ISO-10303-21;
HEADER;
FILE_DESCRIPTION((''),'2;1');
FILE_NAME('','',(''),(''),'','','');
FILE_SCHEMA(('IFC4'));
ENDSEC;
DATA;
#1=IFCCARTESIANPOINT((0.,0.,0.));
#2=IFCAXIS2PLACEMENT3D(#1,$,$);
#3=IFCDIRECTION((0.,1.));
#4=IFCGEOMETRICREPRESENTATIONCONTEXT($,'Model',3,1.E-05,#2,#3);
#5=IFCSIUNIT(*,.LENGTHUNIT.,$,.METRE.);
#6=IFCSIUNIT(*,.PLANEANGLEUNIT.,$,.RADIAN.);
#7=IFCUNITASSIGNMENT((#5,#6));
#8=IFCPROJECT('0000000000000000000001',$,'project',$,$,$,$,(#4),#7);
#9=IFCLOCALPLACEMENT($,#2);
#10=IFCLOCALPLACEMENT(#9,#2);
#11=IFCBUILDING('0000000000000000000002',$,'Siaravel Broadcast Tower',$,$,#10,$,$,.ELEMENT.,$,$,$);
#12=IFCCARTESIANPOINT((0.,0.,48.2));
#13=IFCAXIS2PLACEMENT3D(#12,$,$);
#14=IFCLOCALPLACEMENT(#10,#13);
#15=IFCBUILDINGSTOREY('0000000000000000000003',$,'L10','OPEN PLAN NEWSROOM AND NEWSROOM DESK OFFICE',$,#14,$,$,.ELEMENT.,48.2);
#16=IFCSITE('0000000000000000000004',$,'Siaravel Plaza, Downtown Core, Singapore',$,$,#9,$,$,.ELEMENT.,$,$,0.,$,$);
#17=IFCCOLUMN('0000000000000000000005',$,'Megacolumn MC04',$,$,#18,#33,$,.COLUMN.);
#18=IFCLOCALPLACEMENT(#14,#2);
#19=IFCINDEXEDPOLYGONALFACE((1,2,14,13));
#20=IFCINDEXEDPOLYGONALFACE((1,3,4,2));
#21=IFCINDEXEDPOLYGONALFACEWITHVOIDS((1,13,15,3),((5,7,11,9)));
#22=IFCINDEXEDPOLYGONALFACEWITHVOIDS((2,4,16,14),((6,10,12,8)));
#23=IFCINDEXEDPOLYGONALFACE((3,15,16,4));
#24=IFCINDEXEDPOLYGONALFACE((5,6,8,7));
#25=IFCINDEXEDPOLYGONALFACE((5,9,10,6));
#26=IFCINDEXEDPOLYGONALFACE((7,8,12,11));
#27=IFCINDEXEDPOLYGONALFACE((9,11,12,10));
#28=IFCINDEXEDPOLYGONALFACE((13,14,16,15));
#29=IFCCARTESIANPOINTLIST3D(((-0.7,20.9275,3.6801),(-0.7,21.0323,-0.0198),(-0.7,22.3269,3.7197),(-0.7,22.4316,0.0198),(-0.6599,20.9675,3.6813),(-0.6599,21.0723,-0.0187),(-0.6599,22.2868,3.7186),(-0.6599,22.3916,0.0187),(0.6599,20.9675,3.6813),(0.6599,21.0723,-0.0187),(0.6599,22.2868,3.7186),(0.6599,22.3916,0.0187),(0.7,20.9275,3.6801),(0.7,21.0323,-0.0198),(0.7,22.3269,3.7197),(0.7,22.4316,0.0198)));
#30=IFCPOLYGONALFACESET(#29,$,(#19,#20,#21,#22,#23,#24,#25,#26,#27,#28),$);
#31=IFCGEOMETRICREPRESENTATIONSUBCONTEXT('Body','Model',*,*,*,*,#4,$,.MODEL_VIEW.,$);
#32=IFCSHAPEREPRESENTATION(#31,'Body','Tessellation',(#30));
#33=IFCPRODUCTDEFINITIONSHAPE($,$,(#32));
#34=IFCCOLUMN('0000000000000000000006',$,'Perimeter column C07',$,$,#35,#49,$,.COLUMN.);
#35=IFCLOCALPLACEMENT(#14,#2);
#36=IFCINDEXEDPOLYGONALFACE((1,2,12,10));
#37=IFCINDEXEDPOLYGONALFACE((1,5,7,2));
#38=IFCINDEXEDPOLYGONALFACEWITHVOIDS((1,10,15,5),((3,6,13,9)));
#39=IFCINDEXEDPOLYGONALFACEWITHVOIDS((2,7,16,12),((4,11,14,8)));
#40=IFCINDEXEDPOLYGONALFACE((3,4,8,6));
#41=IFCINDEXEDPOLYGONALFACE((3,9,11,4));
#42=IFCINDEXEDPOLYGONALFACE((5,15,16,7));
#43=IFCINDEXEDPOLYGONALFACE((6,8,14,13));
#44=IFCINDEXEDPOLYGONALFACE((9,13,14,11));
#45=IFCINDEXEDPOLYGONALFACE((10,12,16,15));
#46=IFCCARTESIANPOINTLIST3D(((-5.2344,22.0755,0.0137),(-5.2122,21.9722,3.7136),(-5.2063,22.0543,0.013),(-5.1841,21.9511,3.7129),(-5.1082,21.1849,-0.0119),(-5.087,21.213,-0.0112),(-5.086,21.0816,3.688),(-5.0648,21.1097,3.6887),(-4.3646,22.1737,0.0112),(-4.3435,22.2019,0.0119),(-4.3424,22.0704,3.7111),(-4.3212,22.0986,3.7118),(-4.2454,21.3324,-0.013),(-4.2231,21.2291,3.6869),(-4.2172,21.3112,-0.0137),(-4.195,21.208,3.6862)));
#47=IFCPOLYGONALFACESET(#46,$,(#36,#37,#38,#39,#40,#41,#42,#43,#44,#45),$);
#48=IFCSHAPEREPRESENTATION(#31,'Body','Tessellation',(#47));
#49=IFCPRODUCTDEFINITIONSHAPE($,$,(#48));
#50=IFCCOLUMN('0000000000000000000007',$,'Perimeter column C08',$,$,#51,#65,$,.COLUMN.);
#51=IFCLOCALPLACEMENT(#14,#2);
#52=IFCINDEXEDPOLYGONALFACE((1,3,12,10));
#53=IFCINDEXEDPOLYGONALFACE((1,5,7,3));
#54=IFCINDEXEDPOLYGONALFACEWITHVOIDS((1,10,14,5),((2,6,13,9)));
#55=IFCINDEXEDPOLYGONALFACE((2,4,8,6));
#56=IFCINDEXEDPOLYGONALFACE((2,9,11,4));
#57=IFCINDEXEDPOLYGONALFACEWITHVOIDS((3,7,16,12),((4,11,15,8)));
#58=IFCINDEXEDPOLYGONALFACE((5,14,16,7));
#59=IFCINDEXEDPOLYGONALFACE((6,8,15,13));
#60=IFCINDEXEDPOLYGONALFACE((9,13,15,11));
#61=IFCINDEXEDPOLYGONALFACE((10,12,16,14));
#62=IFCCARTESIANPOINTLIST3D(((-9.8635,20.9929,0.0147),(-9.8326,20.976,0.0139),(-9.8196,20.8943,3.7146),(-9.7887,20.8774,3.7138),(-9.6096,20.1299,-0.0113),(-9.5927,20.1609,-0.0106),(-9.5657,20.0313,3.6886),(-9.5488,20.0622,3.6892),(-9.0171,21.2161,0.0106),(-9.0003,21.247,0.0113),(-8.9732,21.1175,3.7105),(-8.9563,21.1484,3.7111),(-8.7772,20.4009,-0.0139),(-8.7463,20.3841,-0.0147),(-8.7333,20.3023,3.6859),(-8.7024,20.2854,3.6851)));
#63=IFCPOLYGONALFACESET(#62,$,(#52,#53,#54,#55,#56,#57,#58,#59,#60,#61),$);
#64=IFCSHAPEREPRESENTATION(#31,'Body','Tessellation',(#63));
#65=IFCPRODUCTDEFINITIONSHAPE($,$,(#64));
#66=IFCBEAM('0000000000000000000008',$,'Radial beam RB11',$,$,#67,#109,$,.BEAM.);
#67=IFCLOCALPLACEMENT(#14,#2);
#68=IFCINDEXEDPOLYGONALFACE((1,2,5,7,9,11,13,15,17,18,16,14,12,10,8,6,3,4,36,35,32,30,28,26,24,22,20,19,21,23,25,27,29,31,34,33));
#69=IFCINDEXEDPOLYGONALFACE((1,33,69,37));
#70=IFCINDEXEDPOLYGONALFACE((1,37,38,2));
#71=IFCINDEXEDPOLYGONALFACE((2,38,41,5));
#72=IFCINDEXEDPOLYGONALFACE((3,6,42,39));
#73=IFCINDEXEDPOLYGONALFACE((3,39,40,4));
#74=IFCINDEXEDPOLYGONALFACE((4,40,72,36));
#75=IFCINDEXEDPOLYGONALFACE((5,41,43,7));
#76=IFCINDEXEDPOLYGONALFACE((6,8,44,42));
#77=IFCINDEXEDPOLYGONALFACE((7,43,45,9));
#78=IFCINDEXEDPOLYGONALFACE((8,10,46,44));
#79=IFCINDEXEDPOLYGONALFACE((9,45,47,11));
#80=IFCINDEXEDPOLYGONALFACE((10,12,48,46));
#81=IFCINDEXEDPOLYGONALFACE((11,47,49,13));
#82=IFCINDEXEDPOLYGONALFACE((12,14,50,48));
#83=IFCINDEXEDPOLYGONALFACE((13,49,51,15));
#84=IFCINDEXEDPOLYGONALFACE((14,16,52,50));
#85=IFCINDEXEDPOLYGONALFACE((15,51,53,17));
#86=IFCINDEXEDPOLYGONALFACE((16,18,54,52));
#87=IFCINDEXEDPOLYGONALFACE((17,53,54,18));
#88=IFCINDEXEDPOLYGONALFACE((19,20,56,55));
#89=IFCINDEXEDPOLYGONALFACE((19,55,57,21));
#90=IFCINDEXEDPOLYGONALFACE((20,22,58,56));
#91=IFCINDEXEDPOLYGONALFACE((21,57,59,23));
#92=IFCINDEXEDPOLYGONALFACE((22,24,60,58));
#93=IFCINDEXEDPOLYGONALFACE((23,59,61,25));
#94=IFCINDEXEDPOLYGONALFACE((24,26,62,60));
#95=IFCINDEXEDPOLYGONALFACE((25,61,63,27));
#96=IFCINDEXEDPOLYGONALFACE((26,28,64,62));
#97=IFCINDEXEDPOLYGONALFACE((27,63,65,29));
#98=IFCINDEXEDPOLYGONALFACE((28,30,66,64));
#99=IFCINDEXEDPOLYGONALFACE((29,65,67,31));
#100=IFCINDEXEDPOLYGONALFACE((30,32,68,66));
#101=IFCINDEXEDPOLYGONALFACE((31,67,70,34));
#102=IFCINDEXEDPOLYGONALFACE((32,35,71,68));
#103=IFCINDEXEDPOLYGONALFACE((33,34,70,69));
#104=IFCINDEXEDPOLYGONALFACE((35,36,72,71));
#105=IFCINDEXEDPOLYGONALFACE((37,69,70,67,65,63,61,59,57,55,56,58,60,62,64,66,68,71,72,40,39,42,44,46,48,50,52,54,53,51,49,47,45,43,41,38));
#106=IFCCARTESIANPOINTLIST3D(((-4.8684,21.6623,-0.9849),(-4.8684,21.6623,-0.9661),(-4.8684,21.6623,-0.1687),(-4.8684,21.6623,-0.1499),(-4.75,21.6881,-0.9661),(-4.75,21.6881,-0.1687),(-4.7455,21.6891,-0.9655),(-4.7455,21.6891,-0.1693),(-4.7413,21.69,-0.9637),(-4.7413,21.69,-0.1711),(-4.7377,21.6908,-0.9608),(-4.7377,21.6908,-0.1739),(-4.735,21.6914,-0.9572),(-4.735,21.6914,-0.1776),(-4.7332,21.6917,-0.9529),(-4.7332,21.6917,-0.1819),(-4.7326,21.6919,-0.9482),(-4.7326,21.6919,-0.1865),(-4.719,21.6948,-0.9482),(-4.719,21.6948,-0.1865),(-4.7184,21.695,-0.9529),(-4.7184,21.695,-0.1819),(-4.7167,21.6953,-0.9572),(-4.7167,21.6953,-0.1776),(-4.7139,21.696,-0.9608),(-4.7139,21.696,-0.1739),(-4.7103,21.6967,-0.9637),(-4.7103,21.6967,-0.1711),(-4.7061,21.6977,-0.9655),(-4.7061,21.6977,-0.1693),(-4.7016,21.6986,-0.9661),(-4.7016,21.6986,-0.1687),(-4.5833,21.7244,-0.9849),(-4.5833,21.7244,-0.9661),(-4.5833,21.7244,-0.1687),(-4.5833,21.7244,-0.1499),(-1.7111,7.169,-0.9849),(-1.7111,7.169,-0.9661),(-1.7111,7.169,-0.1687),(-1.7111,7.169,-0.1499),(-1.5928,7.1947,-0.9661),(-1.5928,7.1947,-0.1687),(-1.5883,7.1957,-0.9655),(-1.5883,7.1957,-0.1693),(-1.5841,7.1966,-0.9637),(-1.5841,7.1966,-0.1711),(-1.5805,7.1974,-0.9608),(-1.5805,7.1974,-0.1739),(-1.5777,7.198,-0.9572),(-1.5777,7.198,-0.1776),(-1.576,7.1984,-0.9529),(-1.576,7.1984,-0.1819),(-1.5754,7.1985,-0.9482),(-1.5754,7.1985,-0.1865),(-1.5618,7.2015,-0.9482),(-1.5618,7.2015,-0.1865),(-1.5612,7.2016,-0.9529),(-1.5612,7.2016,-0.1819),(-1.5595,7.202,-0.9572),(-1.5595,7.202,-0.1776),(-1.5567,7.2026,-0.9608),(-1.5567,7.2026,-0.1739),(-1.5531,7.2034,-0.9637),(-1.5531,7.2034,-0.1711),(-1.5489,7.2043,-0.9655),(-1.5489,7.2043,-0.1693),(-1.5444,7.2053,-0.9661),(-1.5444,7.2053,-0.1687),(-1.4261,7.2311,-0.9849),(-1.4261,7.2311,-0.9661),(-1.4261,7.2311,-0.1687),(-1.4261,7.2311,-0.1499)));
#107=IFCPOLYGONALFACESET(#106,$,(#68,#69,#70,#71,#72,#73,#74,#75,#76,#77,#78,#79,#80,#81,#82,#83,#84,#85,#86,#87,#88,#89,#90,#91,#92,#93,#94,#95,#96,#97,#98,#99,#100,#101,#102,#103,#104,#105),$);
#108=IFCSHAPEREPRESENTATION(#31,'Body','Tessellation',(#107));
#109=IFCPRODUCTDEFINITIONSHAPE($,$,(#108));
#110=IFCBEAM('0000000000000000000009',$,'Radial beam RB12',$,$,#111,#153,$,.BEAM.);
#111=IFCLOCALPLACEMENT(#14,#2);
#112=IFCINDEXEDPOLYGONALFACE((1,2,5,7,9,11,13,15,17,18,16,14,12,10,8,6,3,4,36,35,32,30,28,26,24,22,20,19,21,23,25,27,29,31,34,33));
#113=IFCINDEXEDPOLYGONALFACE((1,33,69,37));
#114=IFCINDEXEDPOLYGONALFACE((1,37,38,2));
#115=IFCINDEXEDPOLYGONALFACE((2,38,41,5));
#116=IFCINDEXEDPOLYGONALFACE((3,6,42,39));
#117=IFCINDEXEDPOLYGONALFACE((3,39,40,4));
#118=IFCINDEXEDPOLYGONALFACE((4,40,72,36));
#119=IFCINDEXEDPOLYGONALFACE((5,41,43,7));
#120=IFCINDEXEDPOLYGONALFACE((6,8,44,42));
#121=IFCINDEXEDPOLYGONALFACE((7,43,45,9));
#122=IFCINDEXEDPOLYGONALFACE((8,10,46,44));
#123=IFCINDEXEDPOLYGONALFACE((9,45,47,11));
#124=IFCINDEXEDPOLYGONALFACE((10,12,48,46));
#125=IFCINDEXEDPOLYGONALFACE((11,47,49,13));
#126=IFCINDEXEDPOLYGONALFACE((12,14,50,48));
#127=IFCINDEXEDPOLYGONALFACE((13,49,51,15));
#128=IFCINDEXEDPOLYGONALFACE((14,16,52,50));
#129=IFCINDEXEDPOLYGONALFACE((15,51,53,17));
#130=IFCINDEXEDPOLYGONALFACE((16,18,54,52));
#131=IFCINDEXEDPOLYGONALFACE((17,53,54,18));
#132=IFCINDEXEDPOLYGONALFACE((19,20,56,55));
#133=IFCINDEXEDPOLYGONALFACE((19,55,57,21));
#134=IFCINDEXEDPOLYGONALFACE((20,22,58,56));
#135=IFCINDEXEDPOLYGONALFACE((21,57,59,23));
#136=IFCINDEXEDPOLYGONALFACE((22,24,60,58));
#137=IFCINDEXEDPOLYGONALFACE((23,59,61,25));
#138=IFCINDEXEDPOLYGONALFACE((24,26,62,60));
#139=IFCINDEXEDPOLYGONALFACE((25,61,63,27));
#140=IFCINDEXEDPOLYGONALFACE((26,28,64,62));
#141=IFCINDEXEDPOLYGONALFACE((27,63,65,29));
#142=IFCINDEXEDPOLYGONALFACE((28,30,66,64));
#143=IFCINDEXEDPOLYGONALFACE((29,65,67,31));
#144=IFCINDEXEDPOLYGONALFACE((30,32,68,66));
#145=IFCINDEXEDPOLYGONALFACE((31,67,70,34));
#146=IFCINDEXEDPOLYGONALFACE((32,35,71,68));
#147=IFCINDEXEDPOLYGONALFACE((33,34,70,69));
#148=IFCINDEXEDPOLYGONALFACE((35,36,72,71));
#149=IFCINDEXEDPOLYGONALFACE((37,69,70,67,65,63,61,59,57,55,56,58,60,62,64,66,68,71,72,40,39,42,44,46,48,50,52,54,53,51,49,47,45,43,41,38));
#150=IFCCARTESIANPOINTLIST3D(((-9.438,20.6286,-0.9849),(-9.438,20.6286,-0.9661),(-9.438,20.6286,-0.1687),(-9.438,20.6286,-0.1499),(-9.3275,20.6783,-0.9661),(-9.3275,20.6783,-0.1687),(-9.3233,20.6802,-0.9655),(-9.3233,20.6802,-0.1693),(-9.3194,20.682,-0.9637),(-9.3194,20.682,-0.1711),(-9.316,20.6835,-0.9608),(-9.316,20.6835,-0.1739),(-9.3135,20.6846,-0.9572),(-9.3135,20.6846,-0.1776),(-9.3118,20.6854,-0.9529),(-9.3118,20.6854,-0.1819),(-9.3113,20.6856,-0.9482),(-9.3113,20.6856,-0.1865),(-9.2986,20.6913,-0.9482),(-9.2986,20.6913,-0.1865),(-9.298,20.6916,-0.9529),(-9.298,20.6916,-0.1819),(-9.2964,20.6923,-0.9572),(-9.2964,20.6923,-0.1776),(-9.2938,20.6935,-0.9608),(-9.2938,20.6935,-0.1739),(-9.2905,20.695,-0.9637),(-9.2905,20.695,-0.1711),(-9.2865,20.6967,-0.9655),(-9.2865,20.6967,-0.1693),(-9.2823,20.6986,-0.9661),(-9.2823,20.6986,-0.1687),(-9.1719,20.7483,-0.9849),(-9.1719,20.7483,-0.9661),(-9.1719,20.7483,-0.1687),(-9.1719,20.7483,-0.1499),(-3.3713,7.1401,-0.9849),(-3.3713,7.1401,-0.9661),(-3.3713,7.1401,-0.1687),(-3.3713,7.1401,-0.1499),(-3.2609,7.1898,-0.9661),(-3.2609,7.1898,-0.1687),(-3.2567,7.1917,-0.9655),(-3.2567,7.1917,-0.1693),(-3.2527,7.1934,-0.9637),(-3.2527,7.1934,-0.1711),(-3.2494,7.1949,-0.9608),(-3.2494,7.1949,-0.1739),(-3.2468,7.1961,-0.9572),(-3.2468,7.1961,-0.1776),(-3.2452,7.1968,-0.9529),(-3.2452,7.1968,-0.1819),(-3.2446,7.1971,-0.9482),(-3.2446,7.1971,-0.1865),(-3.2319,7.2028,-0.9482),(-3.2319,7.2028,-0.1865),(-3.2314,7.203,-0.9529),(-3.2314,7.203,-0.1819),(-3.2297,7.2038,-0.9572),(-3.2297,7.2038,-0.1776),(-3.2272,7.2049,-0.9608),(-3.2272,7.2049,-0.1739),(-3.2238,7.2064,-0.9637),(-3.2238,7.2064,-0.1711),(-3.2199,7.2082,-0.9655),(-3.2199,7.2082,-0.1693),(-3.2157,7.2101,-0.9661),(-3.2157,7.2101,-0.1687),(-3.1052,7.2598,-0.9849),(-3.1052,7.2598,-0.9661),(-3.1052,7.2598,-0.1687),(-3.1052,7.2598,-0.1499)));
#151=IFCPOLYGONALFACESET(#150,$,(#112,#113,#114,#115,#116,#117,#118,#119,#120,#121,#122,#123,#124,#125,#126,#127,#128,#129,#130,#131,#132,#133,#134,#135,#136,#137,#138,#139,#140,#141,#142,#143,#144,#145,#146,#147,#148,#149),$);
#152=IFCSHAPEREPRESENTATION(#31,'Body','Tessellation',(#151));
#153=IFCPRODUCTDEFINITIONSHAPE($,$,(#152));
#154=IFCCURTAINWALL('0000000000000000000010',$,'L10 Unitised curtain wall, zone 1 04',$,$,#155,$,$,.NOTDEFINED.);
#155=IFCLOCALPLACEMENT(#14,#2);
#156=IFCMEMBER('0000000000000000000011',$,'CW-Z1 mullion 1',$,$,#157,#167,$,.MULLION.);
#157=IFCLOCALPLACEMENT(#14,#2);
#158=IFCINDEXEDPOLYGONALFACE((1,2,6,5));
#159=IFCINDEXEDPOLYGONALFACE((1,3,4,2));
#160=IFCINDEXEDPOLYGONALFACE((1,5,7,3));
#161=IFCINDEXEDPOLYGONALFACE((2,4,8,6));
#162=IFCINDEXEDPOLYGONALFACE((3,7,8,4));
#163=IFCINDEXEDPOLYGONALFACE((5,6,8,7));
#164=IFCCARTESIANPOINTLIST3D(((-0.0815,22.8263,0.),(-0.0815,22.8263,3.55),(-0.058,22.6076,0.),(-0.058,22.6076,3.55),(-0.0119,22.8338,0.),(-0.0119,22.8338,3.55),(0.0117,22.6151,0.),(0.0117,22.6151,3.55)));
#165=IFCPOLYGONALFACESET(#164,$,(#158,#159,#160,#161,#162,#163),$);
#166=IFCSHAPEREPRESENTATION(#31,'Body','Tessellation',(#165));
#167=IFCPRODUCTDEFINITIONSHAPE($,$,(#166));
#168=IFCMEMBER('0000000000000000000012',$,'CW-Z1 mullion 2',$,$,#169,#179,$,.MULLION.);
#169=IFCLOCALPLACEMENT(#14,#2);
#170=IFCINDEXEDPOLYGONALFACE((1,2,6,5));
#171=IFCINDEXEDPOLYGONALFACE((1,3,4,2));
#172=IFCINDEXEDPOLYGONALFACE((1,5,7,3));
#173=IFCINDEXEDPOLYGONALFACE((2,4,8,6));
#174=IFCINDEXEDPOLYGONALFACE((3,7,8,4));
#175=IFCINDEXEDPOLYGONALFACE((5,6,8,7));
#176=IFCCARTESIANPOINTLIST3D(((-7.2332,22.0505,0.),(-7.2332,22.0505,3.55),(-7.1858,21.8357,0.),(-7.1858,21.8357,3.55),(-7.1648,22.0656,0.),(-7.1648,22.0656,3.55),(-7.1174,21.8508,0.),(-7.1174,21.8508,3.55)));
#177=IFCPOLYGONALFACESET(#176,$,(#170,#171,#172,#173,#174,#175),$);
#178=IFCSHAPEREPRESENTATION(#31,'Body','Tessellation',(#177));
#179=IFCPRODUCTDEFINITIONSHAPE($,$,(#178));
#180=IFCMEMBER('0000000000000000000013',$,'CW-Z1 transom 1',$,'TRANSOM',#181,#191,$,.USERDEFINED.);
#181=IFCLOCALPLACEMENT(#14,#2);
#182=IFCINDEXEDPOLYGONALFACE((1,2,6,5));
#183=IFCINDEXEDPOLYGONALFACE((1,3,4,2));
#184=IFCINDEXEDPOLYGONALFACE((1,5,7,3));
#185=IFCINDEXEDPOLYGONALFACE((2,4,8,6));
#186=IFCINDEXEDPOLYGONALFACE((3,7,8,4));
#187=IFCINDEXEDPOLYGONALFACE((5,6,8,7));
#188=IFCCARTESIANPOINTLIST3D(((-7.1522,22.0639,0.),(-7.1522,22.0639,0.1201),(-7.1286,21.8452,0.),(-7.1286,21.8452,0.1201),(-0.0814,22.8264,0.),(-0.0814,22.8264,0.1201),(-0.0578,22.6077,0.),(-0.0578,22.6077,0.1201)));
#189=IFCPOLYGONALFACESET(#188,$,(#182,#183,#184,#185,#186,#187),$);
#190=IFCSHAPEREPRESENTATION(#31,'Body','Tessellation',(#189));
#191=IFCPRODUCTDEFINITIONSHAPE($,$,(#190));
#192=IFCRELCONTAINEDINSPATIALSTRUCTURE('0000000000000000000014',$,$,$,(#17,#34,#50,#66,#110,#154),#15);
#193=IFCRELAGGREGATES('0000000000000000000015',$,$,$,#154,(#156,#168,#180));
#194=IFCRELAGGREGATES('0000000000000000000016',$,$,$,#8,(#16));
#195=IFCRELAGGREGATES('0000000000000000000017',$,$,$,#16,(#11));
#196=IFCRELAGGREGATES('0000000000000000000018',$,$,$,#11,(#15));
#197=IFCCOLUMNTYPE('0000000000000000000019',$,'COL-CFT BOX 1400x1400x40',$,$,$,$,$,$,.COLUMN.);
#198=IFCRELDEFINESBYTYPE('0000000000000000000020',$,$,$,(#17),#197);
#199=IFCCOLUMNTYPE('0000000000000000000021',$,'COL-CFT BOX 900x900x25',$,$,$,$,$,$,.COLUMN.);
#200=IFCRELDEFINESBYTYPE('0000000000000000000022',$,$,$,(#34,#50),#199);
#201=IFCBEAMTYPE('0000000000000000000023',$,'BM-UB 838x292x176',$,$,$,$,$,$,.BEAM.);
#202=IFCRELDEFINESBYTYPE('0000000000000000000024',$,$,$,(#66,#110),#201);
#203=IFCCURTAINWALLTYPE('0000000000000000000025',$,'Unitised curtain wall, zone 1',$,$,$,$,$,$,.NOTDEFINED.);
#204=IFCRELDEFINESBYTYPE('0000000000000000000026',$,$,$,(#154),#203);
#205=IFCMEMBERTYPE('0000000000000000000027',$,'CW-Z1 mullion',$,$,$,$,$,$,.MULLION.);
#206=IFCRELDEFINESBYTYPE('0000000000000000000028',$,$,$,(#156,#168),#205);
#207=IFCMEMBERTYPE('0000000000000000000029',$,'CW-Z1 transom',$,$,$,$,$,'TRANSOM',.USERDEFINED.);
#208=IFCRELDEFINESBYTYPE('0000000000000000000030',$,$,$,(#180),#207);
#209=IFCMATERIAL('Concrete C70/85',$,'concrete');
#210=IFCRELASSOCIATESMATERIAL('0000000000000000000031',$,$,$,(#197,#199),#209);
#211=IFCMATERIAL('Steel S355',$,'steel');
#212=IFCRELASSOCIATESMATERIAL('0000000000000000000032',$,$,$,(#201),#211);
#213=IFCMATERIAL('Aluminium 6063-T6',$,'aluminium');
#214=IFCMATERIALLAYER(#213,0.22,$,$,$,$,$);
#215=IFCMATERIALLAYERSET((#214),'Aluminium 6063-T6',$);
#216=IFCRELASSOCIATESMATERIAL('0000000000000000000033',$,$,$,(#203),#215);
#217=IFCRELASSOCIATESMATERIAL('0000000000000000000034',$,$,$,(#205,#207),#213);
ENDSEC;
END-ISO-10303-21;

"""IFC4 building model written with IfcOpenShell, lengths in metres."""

from ifc_helpers import new_model, si_unit, direction, frame, origin, origin_2d, place, context, subcontext, project, spatial, rectangle, hollow_rectangle, i_section, extrude, material, layer, layer_set, material_profile, profile_set, type_object, element, aggregate, save


model = new_model("IFC4")

# Units and contexts
model_context = context("Model", 3, precision=1e-05, world=origin(), true_north=direction((0.0, 1.0)))
body_context = subcontext(model_context, "Body", "Model", "MODEL_VIEW")
ifc_project = project(units=[si_unit("LENGTHUNIT", "METRE"), si_unit("PLANEANGLEUNIT", "RADIAN")], contexts=[model_context])

# Site, building, storey
site_placement = place(None, origin())
site = spatial("IfcSite", under=ifc_project, at=site_placement, Name="Siaravel Plaza, Downtown Core, Singapore", CompositionType="ELEMENT", RefElevation=0.0)
building_placement = place(site_placement, origin())
building = spatial("IfcBuilding", under=site, at=building_placement, Name="Siaravel Broadcast Tower", CompositionType="ELEMENT")
storey_placement = place(building_placement, frame((0.0, 0.0, 48.2)))
storey = spatial("IfcBuildingStorey", under=building, at=storey_placement, Name="L10", Description="OPEN PLAN NEWSROOM AND NEWSROOM DESK OFFICE", CompositionType="ELEMENT", Elevation=48.2)

# Columns
ifc_material_1 = material(Name="Concrete C70/85", Category="concrete")
ifc_material_profile_1 = material_profile(ifc_material_1, hollow_rectangle(XDim=1.3999, YDim=1.3999, WallThickness=0.04, at=origin_2d()))
ifc_profile_set_1 = profile_set([ifc_material_profile_1], Name="Concrete C70/85")
column_type_1 = type_object("IfcColumnType", Name="COL-CFT BOX 1400x1400x40", PredefinedType="COLUMN", material=ifc_profile_set_1)
column_placement = place(storey_placement, frame((0.0, 21.7319, 0.0), z_axis=(0.0, -0.028296, 0.9996), x_axis=(1.0, 0.0, 0.0)))
element("IfcColumn", 1, at=column_placement, inside=storey, type_object=column_type_1, Name="Megacolumn MC04", PredefinedType="COLUMN", context=body_context, shape_type="SweptSolid", body=[
    extrude(hollow_rectangle(XDim=1.3999, YDim=1.3999, WallThickness=0.04, at=origin_2d()), origin(), (0.0, 0.0, 1.0), 3.7014),
])
ifc_material_profile_2 = material_profile(ifc_material_1, hollow_rectangle(XDim=0.8999, YDim=0.8999, WallThickness=0.0249, at=origin_2d()))
ifc_profile_set_2 = profile_set([ifc_material_profile_2], Name="Concrete C70/85")
column_type_2 = type_object("IfcColumnType", Name="COL-CFT BOX 900x900x25", PredefinedType="COLUMN", material=ifc_profile_set_2)
for number, where, z_axis, x_axis, name in (
    (2, (-4.7258, 21.6934, 0.0), (0.006002, -0.0279, 0.999593), (0.990091, 0.140411, -0.002026), "Perimeter column C07"),
    (3, (-9.3049, 20.6885, 0.0), (0.011872, -0.026647, 0.999574), (0.959291, 0.282395, -0.003866), "Perimeter column C08"),
):
    element("IfcColumn", number, at=place(storey_placement, frame(where, z_axis=z_axis, x_axis=x_axis)), inside=storey, type_object=column_type_2, Name=name, PredefinedType="COLUMN", context=body_context, shape_type="SweptSolid", body=[
        extrude(hollow_rectangle(XDim=0.8999, YDim=0.8999, WallThickness=0.0249, at=origin_2d()), origin(), (0.0, 0.0, 1.0), 3.7014),
    ])

# Beams
ifc_material_2 = material(Name="Steel S355", Category="steel")
ifc_material_profile_3 = material_profile(ifc_material_2, i_section(OverallWidth=0.2917, OverallDepth=0.835, WebThickness=0.0139, FlangeThickness=0.0188, FilletRadius=0.0178, at=origin_2d()))
ifc_profile_set_3 = profile_set([ifc_material_profile_3], Name="Steel S355")
beam_type = type_object("IfcBeamType", Name="BM-UB 838x292x176", PredefinedType="BEAM", material=ifc_profile_set_3)
beam_1_placement = place(storey_placement, frame((-4.7258, 21.6934, -0.5674), z_axis=(0.212847, -0.977086, 0.0), x_axis=(0.977086, 0.212847, 0.0)))
element("IfcBeam", 4, at=beam_1_placement, inside=storey, type_object=beam_type, Name="Radial beam RB11", PredefinedType="BEAM", context=body_context, shape_type="SweptSolid", body=[
    extrude(i_section(OverallWidth=0.2917, OverallDepth=0.835, WebThickness=0.0139, FlangeThickness=0.0188, FilletRadius=0.0178, at=origin_2d()), origin(), (0.0, 0.0, 1.0), 14.8333),
])
beam_2_placement = place(storey_placement, frame((-9.3049, 20.6885, -0.5674), z_axis=(0.410186, -0.912002, 0.0), x_axis=(0.912002, 0.410186, 0.0)))
element("IfcBeam", 5, at=beam_2_placement, inside=storey, type_object=beam_type, Name="Radial beam RB12", PredefinedType="BEAM", context=body_context, shape_type="SweptSolid", body=[
    extrude(i_section(OverallWidth=0.2917, OverallDepth=0.835, WebThickness=0.0139, FlangeThickness=0.0188, FilletRadius=0.0178, at=origin_2d()), origin(), (0.0, 0.0, 1.0), 14.79),
])

# Curtain wall, members
ifc_material_3 = material(Name="Aluminium 6063-T6", Category="aluminium")
ifc_layer_1 = layer(ifc_material_3, 0.22)
ifc_layer_set_1 = layer_set([ifc_layer_1], Name="Aluminium 6063-T6")
curtain_wall_type = type_object("IfcCurtainWallType", Name="Unitised curtain wall, zone 1", PredefinedType="NOTDEFINED", material=ifc_layer_set_1)
curtain_wall_placement = place(storey_placement, origin())
curtain_wall = element("IfcCurtainWall", 6, at=curtain_wall_placement, inside=storey, type_object=curtain_wall_type, Name="L10 Unitised curtain wall, zone 1 04", PredefinedType="NOTDEFINED")
ifc_material_profile_4 = material_profile(ifc_material_3, rectangle(XDim=0.22, YDim=0.0701, at=origin_2d()))
ifc_profile_set_4 = profile_set([ifc_material_profile_4], Name="Aluminium 6063-T6")
member_type_1 = type_object("IfcMemberType", Name="CW-Z1 mullion", PredefinedType="MULLION", material=ifc_profile_set_4)
member_1_placement = place(storey_placement, frame((-0.0349, 22.7207, 0.0), z_axis=(0.0, 0.0, 1.0), x_axis=(0.107218, -0.994236, 0.0)))
member_1 = element("IfcMember", 7, at=member_1_placement, type_object=member_type_1, Name="CW-Z1 mullion 1", PredefinedType="MULLION", context=body_context, shape_type="SweptSolid", body=[
    extrude(rectangle(XDim=0.22, YDim=0.0701, at=origin_2d()), origin(), (0.0, 0.0, 1.0), 3.55),
])
member_2_placement = place(storey_placement, frame((-7.1753, 21.9507, 0.0), z_axis=(0.0, 0.0, 1.0), x_axis=(0.215558, -0.976491, 0.0)))
member_2 = element("IfcMember", 8, at=member_2_placement, type_object=member_type_1, Name="CW-Z1 mullion 2", PredefinedType="MULLION", context=body_context, shape_type="SweptSolid", body=[
    extrude(rectangle(XDim=0.22, YDim=0.0701, at=origin_2d()), origin(), (0.0, 0.0, 1.0), 3.55),
])
ifc_material_profile_5 = material_profile(ifc_material_3, rectangle(XDim=0.22, YDim=0.1201, at=origin_2d()))
ifc_profile_set_5 = profile_set([ifc_material_profile_5], Name="Aluminium 6063-T6")
member_type_2 = type_object("IfcMemberType", Name="CW-Z1 transom", ElementType="TRANSOM", PredefinedType="USERDEFINED", material=ifc_profile_set_5)
member_3_placement = place(storey_placement, frame((-0.0696, 22.717, 0.0601), z_axis=(-0.994236, -0.107209, 0.0), x_axis=(0.107209, -0.994236, 0.0)))
member_3 = element("IfcMember", 9, at=member_3_placement, type_object=member_type_2, Name="CW-Z1 transom 1", ObjectType="TRANSOM", PredefinedType="USERDEFINED", context=body_context, shape_type="SweptSolid", body=[
    extrude(rectangle(XDim=0.22, YDim=0.1201, at=origin_2d()), origin(), (0.0, 0.0, 1.0), 7.1118),
])

aggregate(curtain_wall, [member_1, member_2, member_3])

save(model, "model.ifc")
